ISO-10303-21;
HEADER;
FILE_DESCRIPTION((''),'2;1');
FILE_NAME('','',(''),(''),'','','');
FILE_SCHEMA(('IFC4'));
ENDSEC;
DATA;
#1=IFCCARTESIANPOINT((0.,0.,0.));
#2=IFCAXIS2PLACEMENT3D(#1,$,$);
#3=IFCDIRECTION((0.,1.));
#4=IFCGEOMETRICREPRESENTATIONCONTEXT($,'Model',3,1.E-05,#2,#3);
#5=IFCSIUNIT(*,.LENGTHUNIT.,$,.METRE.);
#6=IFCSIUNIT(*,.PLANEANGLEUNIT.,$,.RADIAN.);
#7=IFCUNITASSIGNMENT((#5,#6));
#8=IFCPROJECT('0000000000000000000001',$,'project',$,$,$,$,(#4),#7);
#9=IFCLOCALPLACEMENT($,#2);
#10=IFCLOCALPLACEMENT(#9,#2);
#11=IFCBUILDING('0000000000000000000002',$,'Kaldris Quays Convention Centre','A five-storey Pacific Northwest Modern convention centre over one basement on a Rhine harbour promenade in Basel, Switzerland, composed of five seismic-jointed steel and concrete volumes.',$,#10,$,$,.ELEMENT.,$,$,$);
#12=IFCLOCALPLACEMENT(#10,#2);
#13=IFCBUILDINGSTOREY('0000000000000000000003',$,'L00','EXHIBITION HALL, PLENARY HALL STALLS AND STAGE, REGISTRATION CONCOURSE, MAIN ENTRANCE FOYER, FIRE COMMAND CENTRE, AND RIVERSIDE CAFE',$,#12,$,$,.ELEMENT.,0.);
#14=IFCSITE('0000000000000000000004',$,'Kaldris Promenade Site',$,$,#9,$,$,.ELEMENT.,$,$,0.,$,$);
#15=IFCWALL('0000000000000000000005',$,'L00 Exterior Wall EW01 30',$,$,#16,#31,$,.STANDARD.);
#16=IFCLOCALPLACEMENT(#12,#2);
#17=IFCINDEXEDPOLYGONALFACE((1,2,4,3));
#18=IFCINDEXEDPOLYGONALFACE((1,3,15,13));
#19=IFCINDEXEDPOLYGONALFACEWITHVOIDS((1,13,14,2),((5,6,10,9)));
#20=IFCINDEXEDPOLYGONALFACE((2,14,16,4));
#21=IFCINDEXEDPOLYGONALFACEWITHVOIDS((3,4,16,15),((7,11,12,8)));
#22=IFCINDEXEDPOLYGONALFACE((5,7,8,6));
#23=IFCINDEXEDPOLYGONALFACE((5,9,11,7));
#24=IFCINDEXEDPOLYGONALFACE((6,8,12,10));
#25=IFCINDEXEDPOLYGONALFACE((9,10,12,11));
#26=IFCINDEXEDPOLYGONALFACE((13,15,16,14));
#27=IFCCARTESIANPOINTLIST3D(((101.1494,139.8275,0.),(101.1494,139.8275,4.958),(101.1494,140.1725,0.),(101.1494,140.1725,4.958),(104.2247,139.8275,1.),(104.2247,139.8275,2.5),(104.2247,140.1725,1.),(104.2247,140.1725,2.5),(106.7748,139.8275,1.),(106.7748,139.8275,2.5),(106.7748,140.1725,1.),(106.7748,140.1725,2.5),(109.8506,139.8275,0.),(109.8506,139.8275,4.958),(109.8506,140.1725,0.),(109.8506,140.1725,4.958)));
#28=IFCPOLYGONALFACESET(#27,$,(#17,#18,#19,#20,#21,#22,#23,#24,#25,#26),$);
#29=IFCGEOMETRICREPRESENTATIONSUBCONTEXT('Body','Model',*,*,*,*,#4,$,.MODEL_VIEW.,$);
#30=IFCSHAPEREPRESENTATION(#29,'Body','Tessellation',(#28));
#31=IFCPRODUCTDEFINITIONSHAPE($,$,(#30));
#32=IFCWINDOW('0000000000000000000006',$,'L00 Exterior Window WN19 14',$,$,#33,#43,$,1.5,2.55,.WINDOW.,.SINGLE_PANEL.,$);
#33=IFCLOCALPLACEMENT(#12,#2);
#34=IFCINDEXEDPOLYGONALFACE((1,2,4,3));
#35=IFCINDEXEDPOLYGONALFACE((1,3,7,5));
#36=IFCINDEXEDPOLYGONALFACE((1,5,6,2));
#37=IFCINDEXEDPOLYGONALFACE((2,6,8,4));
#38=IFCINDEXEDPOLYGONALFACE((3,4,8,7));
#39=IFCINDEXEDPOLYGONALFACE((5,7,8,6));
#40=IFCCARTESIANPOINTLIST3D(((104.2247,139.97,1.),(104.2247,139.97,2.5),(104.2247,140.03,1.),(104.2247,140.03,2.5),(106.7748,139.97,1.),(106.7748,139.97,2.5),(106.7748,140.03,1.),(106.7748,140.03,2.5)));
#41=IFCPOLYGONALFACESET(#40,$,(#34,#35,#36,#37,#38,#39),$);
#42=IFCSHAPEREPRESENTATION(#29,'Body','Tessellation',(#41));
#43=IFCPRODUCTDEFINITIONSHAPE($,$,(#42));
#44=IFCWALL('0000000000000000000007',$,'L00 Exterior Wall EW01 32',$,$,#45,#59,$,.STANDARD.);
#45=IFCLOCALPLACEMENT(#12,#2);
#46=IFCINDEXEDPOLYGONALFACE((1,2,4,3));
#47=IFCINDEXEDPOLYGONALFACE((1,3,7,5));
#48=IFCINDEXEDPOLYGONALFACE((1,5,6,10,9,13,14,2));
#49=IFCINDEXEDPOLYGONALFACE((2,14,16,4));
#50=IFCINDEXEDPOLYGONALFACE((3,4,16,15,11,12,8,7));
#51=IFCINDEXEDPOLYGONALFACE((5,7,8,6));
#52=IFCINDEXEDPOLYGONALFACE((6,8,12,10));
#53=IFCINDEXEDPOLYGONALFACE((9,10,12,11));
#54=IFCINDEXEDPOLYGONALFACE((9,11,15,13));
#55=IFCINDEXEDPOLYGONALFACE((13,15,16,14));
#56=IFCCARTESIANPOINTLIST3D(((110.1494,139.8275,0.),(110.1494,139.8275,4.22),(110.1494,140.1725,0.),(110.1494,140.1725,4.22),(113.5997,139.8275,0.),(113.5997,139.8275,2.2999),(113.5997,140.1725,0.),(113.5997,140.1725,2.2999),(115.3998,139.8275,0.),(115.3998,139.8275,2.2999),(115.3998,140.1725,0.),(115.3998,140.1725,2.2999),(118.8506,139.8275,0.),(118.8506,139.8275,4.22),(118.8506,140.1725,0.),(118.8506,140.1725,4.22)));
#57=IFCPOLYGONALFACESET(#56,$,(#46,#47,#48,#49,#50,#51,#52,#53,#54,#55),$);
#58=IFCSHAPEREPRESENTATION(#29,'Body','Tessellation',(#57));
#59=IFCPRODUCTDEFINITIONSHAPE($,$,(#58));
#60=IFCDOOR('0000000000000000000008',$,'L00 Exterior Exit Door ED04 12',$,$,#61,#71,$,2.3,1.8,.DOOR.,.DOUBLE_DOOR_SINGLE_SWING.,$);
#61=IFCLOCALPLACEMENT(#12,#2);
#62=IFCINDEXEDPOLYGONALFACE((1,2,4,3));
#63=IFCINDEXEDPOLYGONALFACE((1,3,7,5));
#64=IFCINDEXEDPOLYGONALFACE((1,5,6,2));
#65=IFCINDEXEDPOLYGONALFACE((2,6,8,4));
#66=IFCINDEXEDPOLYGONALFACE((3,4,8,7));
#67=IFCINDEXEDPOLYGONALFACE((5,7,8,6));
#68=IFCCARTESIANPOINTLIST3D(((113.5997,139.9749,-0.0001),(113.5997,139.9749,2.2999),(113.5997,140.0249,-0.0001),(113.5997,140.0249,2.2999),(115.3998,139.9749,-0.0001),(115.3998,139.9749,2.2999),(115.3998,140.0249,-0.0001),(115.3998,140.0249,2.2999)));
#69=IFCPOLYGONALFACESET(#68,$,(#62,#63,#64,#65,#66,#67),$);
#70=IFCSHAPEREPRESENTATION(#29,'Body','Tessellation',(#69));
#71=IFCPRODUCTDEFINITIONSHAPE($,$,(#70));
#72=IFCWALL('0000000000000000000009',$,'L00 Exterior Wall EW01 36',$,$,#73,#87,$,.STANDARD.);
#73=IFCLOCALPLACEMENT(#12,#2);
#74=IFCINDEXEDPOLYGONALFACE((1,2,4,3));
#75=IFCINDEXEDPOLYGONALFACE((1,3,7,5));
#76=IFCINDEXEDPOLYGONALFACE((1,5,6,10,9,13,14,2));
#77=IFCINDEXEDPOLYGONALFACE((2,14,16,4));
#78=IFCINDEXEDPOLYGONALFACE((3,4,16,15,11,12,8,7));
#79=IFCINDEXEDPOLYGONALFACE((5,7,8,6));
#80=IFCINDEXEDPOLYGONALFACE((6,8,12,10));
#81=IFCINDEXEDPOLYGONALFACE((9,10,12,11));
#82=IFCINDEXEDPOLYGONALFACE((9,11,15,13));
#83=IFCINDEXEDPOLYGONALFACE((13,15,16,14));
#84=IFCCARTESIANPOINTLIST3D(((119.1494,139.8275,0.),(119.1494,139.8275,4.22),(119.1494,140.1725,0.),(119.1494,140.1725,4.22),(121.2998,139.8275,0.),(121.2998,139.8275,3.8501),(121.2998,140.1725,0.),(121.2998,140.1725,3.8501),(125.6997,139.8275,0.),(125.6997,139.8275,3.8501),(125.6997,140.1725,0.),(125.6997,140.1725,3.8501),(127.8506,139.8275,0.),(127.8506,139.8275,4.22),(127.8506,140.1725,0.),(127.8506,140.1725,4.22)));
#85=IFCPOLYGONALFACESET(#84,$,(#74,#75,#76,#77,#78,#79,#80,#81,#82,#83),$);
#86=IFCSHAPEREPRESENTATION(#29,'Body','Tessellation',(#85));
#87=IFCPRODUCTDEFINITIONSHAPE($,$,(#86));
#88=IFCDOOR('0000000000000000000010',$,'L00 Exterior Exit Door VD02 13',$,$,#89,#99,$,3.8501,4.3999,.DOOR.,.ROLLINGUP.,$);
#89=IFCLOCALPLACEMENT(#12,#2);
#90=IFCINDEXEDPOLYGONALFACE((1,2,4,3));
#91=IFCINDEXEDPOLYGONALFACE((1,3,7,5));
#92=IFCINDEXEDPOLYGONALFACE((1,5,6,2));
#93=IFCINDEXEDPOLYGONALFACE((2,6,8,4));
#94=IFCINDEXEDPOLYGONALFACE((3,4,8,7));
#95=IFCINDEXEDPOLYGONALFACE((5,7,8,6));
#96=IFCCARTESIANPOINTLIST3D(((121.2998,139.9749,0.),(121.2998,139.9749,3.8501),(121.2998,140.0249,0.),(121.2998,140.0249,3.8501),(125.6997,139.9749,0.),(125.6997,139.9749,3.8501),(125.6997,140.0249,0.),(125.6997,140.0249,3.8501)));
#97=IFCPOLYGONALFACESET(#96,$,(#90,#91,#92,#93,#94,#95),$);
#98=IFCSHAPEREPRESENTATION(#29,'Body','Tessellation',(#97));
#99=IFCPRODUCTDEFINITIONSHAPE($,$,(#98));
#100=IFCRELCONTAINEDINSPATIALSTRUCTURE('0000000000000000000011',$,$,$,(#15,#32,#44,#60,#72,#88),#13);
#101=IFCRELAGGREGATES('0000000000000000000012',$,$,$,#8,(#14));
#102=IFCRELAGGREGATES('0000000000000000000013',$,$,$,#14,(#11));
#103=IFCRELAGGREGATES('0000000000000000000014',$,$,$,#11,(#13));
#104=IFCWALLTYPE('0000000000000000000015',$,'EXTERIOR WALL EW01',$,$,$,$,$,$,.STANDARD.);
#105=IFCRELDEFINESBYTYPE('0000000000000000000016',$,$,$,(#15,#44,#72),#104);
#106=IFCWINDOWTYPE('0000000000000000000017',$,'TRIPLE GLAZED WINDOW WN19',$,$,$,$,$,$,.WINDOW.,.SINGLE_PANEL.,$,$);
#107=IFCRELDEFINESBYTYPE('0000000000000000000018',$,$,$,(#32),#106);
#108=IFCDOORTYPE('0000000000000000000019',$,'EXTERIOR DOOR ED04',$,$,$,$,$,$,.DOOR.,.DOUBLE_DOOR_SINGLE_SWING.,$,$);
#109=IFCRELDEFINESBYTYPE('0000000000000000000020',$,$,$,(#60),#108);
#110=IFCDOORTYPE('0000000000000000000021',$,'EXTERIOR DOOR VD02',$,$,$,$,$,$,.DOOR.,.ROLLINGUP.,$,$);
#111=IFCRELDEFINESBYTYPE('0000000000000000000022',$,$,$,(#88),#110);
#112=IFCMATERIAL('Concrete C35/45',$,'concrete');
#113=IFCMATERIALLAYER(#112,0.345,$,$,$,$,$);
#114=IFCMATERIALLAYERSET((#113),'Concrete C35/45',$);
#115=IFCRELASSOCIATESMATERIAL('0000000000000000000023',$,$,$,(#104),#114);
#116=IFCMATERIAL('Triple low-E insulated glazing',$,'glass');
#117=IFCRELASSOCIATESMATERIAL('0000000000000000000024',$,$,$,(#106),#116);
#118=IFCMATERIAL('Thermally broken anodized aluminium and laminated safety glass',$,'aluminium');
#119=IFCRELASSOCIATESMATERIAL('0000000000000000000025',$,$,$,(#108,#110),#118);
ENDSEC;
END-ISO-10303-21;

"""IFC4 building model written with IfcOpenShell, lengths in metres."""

from ifc_helpers import new_model, si_unit, direction, frame, frame_2d, origin, place, context, subcontext, project, spatial, rectangle, extrude, material, layer, layer_set, type_object, element, fill, save


model = new_model("IFC4")

# Units and contexts
model_context = context("Model", 3, precision=1e-05, world=origin(), true_north=direction((0.0, 1.0)))
body_context = subcontext(model_context, "Body", "Model", "MODEL_VIEW")
ifc_project = project(units=[si_unit("LENGTHUNIT", "METRE"), si_unit("PLANEANGLEUNIT", "RADIAN")], contexts=[model_context])

# Site, building, storey
site_placement = place(None, origin())
site = spatial("IfcSite", under=ifc_project, at=site_placement, Name="Kaldris Promenade Site", CompositionType="ELEMENT", RefElevation=0.0)
building_placement = place(site_placement, origin())
building = spatial("IfcBuilding", under=site, at=building_placement, Name="Kaldris Quays Convention Centre", Description="A five-storey Pacific Northwest Modern convention centre over one basement on a Rhine harbour promenade in Basel, Switzerland, composed of five seismic-jointed steel and concrete volumes.", CompositionType="ELEMENT")
storey_placement = place(building_placement, origin())
storey = spatial("IfcBuildingStorey", under=building, at=storey_placement, Name="L00", Description="EXHIBITION HALL, PLENARY HALL STALLS AND STAGE, REGISTRATION CONCOURSE, MAIN ENTRANCE FOYER, FIRE COMMAND CENTRE, AND RIVERSIDE CAFE", CompositionType="ELEMENT", Elevation=0.0)

# Shared definitions
ifc_material_1 = material(Name="Concrete C35/45", Category="concrete")
ifc_layer = layer(ifc_material_1, 0.345)
ifc_layer_set = layer_set([ifc_layer], Name="Concrete C35/45")
wall_type = type_object("IfcWallType", Name="EXTERIOR WALL EW01", PredefinedType="STANDARD", material=ifc_layer_set)
ifc_material_2 = material(Name="Thermally broken anodized aluminium and laminated safety glass", Category="aluminium")

# Wall, opening, window
ifc_material_3 = material(Name="Triple low-E insulated glazing", Category="glass")
wall_1_placement = place(storey_placement, frame((101.1494, 140.0, 0.0), z_axis=(0.0, 0.0, 1.0), x_axis=(1.0, 0.0, 0.0)))
wall_1 = element("IfcWall", 1, at=wall_1_placement, inside=storey, type_object=wall_type, Name="L00 Exterior Wall EW01 30", PredefinedType="STANDARD", context=body_context, shape_type="SweptSolid", body=[
    extrude(rectangle(XDim=8.7012, YDim=0.345, at=frame_2d((4.3506, 0.0))), origin(), (0.0, 0.0, 1.0), 4.958),
])
opening_1_placement = place(wall_1_placement, frame((3.0754, 0.0, 1.0)))
opening_1 = element("IfcOpeningElement", 2, at=opening_1_placement, cuts=wall_1, PredefinedType="OPENING", context=body_context, shape_type="SweptSolid", body=[
    extrude(rectangle(XDim=2.55, YDim=1.5, at=frame_2d((1.2749, 0.75))), frame((0.0, 0.1826, 0.0), z_axis=(0.0, -1.0, 0.0), x_axis=(1.0, 0.0, 0.0)), (0.0, 0.0, 1.0), 0.365),
])
window_type_1 = type_object("IfcWindowType", Name="TRIPLE GLAZED WINDOW WN19", PartitioningType="SINGLE_PANEL", PredefinedType="WINDOW", material=ifc_material_3)
window_1_placement = place(opening_1_placement, origin())
window_1 = element("IfcWindow", 3, at=window_1_placement, inside=storey, type_object=window_type_1, Name="L00 Exterior Window WN19 14", OverallHeight=1.5, OverallWidth=2.55, PartitioningType="SINGLE_PANEL", PredefinedType="WINDOW", context=body_context, shape_type="SweptSolid", body=[
    extrude(rectangle(XDim=2.55, YDim=1.5, at=frame_2d((1.2749, 0.75))), frame((0.0, 0.03, 0.0), z_axis=(0.0, -1.0, 0.0), x_axis=(1.0, 0.0, 0.0)), (0.0, 0.0, 1.0), 0.0601),
])
fill(opening_1, window_1)

# Walls, openings, doors
wall_2_placement = place(storey_placement, frame((110.1494, 140.0, 0.0), z_axis=(0.0, 0.0, 1.0), x_axis=(1.0, 0.0, 0.0)))
wall_2 = element("IfcWall", 4, at=wall_2_placement, inside=storey, type_object=wall_type, Name="L00 Exterior Wall EW01 32", PredefinedType="STANDARD", context=body_context, shape_type="SweptSolid", body=[
    extrude(rectangle(XDim=8.7012, YDim=0.345, at=frame_2d((4.3506, 0.0))), origin(), (0.0, 0.0, 1.0), 4.22),
])
opening_2_placement = place(wall_2_placement, frame((3.4504, 0.0, 0.0)))
opening_2 = element("IfcOpeningElement", 5, at=opening_2_placement, cuts=wall_2, PredefinedType="OPENING", context=body_context, shape_type="SweptSolid", body=[
    extrude(rectangle(XDim=1.8, YDim=2.3, at=frame_2d((0.8999, 1.1499))), frame((0.0, 0.1826, 0.0), z_axis=(0.0, -1.0, 0.0), x_axis=(1.0, 0.0, 0.0)), (0.0, 0.0, 1.0), 0.365),
])
door_type_1 = type_object("IfcDoorType", Name="EXTERIOR DOOR ED04", OperationType="DOUBLE_DOOR_SINGLE_SWING", PredefinedType="DOOR", material=ifc_material_2)
door_1_placement = place(opening_2_placement, origin())
door_1 = element("IfcDoor", 6, at=door_1_placement, inside=storey, type_object=door_type_1, Name="L00 Exterior Exit Door ED04 12", OperationType="DOUBLE_DOOR_SINGLE_SWING", OverallHeight=2.3, OverallWidth=1.8, PredefinedType="DOOR", context=body_context, shape_type="SweptSolid", body=[
    extrude(rectangle(XDim=1.8, YDim=2.3, at=frame_2d((0.8999, 1.1499))), frame((0.0, 0.0249, 0.0), z_axis=(0.0, -1.0, 0.0), x_axis=(1.0, 0.0, 0.0)), (0.0, 0.0, 1.0), 0.05),
])
fill(opening_2, door_1)
wall_3_placement = place(storey_placement, frame((119.1494, 140.0, 0.0), z_axis=(0.0, 0.0, 1.0), x_axis=(1.0, 0.0, 0.0)))
wall_3 = element("IfcWall", 7, at=wall_3_placement, inside=storey, type_object=wall_type, Name="L00 Exterior Wall EW01 36", PredefinedType="STANDARD", context=body_context, shape_type="SweptSolid", body=[
    extrude(rectangle(XDim=8.7012, YDim=0.345, at=frame_2d((4.3506, 0.0))), origin(), (0.0, 0.0, 1.0), 4.22),
])
opening_3_placement = place(wall_3_placement, frame((2.1504, 0.0, 0.0)))
opening_3 = element("IfcOpeningElement", 8, at=opening_3_placement, cuts=wall_3, PredefinedType="OPENING", context=body_context, shape_type="SweptSolid", body=[
    extrude(rectangle(XDim=4.3999, YDim=3.8501, at=frame_2d((2.2, 1.925))), frame((0.0, 0.1826, 0.0), z_axis=(0.0, -1.0, 0.0), x_axis=(1.0, 0.0, 0.0)), (0.0, 0.0, 1.0), 0.365),
])
door_type_2 = type_object("IfcDoorType", Name="EXTERIOR DOOR VD02", OperationType="ROLLINGUP", PredefinedType="DOOR", material=ifc_material_2)
door_2_placement = place(opening_3_placement, origin())
door_2 = element("IfcDoor", 9, at=door_2_placement, inside=storey, type_object=door_type_2, Name="L00 Exterior Exit Door VD02 13", OperationType="ROLLINGUP", OverallHeight=3.8501, OverallWidth=4.3999, PredefinedType="DOOR", context=body_context, shape_type="SweptSolid", body=[
    extrude(rectangle(XDim=4.3999, YDim=3.8501, at=frame_2d((2.2, 1.925))), frame((0.0, 0.0249, 0.0), z_axis=(0.0, -1.0, 0.0), x_axis=(1.0, 0.0, 0.0)), (0.0, 0.0, 1.0), 0.05),
])
fill(opening_3, door_2)

save(model, "model.ifc")
